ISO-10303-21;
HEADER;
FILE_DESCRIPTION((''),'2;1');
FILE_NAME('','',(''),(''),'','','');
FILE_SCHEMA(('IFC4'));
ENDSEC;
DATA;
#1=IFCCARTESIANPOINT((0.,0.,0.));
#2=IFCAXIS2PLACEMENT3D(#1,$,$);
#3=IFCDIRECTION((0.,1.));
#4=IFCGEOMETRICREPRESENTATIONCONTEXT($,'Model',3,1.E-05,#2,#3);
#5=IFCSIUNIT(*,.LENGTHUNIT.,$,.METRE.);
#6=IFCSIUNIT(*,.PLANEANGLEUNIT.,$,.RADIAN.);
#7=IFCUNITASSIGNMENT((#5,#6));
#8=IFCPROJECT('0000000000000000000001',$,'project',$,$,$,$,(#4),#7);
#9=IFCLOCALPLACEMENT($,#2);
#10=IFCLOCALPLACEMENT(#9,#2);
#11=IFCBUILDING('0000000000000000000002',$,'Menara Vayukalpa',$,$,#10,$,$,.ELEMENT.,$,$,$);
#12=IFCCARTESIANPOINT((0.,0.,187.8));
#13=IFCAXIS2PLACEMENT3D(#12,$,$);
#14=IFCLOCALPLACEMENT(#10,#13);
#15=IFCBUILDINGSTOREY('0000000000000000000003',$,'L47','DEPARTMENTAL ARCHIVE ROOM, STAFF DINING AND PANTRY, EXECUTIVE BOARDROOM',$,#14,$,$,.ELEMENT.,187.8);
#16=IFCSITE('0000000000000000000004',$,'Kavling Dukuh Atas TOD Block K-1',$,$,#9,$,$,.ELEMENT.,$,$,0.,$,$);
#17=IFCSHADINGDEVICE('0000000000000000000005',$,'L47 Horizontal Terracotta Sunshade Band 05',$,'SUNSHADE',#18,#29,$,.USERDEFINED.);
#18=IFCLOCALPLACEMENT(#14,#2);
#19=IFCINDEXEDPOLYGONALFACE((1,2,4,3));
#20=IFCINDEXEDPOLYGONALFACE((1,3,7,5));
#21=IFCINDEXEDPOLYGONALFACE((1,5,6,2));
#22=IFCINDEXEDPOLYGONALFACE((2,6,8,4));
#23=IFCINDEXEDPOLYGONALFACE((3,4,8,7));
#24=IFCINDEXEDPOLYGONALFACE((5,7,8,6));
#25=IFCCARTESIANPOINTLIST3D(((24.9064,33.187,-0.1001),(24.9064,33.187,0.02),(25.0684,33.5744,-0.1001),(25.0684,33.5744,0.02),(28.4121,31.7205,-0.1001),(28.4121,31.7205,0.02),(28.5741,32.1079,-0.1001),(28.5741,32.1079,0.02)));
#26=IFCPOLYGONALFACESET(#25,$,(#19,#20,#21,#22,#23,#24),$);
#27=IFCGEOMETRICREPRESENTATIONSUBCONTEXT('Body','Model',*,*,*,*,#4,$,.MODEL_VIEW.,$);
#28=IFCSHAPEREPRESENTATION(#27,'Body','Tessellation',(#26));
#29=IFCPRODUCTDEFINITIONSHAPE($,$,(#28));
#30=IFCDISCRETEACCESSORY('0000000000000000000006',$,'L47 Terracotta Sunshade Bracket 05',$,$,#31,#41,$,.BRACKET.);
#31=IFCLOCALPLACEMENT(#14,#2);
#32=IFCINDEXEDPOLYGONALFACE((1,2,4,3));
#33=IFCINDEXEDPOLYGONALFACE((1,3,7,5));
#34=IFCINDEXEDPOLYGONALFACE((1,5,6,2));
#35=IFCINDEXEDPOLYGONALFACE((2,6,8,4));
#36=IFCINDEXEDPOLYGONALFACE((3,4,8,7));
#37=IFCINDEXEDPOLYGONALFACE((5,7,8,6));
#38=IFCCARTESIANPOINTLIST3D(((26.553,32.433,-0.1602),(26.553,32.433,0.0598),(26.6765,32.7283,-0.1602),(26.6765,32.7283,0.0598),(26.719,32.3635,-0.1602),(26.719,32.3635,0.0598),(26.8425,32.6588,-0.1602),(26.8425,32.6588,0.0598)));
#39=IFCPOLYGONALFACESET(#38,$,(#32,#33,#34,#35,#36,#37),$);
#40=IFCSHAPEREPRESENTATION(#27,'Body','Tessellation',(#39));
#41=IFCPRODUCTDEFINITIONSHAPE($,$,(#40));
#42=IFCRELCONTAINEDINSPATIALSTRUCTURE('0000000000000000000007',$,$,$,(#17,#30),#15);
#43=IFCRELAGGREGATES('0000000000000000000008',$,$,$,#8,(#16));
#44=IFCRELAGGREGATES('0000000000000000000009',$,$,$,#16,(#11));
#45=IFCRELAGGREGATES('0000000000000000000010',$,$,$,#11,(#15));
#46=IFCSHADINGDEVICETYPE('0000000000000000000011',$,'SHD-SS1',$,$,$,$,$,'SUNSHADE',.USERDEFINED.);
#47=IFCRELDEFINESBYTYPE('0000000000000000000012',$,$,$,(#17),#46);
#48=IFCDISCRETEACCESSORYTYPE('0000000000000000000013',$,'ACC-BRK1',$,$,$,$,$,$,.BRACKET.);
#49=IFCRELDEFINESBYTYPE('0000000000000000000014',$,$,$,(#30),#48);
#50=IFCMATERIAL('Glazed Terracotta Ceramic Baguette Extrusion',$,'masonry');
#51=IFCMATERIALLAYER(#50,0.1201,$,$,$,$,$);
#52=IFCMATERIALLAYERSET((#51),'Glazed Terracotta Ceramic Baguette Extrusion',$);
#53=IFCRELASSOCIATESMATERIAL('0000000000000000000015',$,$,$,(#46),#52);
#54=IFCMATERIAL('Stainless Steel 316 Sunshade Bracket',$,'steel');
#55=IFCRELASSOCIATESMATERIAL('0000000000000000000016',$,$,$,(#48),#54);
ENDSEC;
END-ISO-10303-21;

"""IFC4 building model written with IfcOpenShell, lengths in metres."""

from ifc_helpers import new_model, si_unit, direction, frame, origin, origin_2d, place, context, subcontext, project, spatial, rectangle, extrude, material, layer, layer_set, type_object, element, save


model = new_model("IFC4")

# Units and contexts
model_context = context("Model", 3, precision=1e-05, world=origin(), true_north=direction((0.0, 1.0)))
body_context = subcontext(model_context, "Body", "Model", "MODEL_VIEW")
ifc_project = project(units=[si_unit("LENGTHUNIT", "METRE"), si_unit("PLANEANGLEUNIT", "RADIAN")], contexts=[model_context])

# Site, building, storey
site_placement = place(None, origin())
site = spatial("IfcSite", under=ifc_project, at=site_placement, Name="Kavling Dukuh Atas TOD Block K-1", CompositionType="ELEMENT", RefElevation=0.0)
building_placement = place(site_placement, origin())
building = spatial("IfcBuilding", under=site, at=building_placement, Name="Menara Vayukalpa", CompositionType="ELEMENT")
storey_placement = place(building_placement, frame((0.0, 0.0, 187.8)))
storey = spatial("IfcBuildingStorey", under=building, at=storey_placement, Name="L47", Description="DEPARTMENTAL ARCHIVE ROOM, STAFF DINING AND PANTRY, EXECUTIVE BOARDROOM", CompositionType="ELEMENT", Elevation=187.8)

# Shading device
ifc_material_1 = material(Name="Glazed Terracotta Ceramic Baguette Extrusion", Category="masonry")
ifc_layer_1 = layer(ifc_material_1, 0.1201)
ifc_layer_set_1 = layer_set([ifc_layer_1], Name="Glazed Terracotta Ceramic Baguette Extrusion")
shading_device_type = type_object("IfcShadingDeviceType", Name="SHD-SS1", ElementType="SUNSHADE", PredefinedType="USERDEFINED", material=ifc_layer_set_1)
shading_device_placement = place(storey_placement, frame((26.7402, 32.6475, -0.1001), z_axis=(0.0, 0.0, 1.0), x_axis=(-0.922538, 0.385906, 0.0)))
element("IfcShadingDevice", 1, at=shading_device_placement, inside=storey, type_object=shading_device_type, Name="L47 Horizontal Terracotta Sunshade Band 05", ObjectType="SUNSHADE", PredefinedType="USERDEFINED", context=body_context, shape_type="SweptSolid", body=[
    extrude(rectangle(XDim=3.8, YDim=0.4199, at=origin_2d()), origin(), (0.0, 0.0, 1.0), 0.1201),
])

# Discrete accessory
ifc_material_2 = material(Name="Stainless Steel 316 Sunshade Bracket", Category="steel")
discrete_accessory_type = type_object("IfcDiscreteAccessoryType", Name="ACC-BRK1", PredefinedType="BRACKET", material=ifc_material_2)
discrete_accessory_placement = place(storey_placement, frame((26.6978, 32.5459, -0.1602), z_axis=(0.0, 0.0, 1.0), x_axis=(-0.922538, 0.385906, 0.0)))
element("IfcDiscreteAccessory", 2, at=discrete_accessory_placement, inside=storey, type_object=discrete_accessory_type, Name="L47 Terracotta Sunshade Bracket 05", PredefinedType="BRACKET", context=body_context, shape_type="SweptSolid", body=[
    extrude(rectangle(XDim=0.1799, YDim=0.3201, at=origin_2d()), origin(), (0.0, 0.0, 1.0), 0.22),
])

save(model, "model.ifc")
